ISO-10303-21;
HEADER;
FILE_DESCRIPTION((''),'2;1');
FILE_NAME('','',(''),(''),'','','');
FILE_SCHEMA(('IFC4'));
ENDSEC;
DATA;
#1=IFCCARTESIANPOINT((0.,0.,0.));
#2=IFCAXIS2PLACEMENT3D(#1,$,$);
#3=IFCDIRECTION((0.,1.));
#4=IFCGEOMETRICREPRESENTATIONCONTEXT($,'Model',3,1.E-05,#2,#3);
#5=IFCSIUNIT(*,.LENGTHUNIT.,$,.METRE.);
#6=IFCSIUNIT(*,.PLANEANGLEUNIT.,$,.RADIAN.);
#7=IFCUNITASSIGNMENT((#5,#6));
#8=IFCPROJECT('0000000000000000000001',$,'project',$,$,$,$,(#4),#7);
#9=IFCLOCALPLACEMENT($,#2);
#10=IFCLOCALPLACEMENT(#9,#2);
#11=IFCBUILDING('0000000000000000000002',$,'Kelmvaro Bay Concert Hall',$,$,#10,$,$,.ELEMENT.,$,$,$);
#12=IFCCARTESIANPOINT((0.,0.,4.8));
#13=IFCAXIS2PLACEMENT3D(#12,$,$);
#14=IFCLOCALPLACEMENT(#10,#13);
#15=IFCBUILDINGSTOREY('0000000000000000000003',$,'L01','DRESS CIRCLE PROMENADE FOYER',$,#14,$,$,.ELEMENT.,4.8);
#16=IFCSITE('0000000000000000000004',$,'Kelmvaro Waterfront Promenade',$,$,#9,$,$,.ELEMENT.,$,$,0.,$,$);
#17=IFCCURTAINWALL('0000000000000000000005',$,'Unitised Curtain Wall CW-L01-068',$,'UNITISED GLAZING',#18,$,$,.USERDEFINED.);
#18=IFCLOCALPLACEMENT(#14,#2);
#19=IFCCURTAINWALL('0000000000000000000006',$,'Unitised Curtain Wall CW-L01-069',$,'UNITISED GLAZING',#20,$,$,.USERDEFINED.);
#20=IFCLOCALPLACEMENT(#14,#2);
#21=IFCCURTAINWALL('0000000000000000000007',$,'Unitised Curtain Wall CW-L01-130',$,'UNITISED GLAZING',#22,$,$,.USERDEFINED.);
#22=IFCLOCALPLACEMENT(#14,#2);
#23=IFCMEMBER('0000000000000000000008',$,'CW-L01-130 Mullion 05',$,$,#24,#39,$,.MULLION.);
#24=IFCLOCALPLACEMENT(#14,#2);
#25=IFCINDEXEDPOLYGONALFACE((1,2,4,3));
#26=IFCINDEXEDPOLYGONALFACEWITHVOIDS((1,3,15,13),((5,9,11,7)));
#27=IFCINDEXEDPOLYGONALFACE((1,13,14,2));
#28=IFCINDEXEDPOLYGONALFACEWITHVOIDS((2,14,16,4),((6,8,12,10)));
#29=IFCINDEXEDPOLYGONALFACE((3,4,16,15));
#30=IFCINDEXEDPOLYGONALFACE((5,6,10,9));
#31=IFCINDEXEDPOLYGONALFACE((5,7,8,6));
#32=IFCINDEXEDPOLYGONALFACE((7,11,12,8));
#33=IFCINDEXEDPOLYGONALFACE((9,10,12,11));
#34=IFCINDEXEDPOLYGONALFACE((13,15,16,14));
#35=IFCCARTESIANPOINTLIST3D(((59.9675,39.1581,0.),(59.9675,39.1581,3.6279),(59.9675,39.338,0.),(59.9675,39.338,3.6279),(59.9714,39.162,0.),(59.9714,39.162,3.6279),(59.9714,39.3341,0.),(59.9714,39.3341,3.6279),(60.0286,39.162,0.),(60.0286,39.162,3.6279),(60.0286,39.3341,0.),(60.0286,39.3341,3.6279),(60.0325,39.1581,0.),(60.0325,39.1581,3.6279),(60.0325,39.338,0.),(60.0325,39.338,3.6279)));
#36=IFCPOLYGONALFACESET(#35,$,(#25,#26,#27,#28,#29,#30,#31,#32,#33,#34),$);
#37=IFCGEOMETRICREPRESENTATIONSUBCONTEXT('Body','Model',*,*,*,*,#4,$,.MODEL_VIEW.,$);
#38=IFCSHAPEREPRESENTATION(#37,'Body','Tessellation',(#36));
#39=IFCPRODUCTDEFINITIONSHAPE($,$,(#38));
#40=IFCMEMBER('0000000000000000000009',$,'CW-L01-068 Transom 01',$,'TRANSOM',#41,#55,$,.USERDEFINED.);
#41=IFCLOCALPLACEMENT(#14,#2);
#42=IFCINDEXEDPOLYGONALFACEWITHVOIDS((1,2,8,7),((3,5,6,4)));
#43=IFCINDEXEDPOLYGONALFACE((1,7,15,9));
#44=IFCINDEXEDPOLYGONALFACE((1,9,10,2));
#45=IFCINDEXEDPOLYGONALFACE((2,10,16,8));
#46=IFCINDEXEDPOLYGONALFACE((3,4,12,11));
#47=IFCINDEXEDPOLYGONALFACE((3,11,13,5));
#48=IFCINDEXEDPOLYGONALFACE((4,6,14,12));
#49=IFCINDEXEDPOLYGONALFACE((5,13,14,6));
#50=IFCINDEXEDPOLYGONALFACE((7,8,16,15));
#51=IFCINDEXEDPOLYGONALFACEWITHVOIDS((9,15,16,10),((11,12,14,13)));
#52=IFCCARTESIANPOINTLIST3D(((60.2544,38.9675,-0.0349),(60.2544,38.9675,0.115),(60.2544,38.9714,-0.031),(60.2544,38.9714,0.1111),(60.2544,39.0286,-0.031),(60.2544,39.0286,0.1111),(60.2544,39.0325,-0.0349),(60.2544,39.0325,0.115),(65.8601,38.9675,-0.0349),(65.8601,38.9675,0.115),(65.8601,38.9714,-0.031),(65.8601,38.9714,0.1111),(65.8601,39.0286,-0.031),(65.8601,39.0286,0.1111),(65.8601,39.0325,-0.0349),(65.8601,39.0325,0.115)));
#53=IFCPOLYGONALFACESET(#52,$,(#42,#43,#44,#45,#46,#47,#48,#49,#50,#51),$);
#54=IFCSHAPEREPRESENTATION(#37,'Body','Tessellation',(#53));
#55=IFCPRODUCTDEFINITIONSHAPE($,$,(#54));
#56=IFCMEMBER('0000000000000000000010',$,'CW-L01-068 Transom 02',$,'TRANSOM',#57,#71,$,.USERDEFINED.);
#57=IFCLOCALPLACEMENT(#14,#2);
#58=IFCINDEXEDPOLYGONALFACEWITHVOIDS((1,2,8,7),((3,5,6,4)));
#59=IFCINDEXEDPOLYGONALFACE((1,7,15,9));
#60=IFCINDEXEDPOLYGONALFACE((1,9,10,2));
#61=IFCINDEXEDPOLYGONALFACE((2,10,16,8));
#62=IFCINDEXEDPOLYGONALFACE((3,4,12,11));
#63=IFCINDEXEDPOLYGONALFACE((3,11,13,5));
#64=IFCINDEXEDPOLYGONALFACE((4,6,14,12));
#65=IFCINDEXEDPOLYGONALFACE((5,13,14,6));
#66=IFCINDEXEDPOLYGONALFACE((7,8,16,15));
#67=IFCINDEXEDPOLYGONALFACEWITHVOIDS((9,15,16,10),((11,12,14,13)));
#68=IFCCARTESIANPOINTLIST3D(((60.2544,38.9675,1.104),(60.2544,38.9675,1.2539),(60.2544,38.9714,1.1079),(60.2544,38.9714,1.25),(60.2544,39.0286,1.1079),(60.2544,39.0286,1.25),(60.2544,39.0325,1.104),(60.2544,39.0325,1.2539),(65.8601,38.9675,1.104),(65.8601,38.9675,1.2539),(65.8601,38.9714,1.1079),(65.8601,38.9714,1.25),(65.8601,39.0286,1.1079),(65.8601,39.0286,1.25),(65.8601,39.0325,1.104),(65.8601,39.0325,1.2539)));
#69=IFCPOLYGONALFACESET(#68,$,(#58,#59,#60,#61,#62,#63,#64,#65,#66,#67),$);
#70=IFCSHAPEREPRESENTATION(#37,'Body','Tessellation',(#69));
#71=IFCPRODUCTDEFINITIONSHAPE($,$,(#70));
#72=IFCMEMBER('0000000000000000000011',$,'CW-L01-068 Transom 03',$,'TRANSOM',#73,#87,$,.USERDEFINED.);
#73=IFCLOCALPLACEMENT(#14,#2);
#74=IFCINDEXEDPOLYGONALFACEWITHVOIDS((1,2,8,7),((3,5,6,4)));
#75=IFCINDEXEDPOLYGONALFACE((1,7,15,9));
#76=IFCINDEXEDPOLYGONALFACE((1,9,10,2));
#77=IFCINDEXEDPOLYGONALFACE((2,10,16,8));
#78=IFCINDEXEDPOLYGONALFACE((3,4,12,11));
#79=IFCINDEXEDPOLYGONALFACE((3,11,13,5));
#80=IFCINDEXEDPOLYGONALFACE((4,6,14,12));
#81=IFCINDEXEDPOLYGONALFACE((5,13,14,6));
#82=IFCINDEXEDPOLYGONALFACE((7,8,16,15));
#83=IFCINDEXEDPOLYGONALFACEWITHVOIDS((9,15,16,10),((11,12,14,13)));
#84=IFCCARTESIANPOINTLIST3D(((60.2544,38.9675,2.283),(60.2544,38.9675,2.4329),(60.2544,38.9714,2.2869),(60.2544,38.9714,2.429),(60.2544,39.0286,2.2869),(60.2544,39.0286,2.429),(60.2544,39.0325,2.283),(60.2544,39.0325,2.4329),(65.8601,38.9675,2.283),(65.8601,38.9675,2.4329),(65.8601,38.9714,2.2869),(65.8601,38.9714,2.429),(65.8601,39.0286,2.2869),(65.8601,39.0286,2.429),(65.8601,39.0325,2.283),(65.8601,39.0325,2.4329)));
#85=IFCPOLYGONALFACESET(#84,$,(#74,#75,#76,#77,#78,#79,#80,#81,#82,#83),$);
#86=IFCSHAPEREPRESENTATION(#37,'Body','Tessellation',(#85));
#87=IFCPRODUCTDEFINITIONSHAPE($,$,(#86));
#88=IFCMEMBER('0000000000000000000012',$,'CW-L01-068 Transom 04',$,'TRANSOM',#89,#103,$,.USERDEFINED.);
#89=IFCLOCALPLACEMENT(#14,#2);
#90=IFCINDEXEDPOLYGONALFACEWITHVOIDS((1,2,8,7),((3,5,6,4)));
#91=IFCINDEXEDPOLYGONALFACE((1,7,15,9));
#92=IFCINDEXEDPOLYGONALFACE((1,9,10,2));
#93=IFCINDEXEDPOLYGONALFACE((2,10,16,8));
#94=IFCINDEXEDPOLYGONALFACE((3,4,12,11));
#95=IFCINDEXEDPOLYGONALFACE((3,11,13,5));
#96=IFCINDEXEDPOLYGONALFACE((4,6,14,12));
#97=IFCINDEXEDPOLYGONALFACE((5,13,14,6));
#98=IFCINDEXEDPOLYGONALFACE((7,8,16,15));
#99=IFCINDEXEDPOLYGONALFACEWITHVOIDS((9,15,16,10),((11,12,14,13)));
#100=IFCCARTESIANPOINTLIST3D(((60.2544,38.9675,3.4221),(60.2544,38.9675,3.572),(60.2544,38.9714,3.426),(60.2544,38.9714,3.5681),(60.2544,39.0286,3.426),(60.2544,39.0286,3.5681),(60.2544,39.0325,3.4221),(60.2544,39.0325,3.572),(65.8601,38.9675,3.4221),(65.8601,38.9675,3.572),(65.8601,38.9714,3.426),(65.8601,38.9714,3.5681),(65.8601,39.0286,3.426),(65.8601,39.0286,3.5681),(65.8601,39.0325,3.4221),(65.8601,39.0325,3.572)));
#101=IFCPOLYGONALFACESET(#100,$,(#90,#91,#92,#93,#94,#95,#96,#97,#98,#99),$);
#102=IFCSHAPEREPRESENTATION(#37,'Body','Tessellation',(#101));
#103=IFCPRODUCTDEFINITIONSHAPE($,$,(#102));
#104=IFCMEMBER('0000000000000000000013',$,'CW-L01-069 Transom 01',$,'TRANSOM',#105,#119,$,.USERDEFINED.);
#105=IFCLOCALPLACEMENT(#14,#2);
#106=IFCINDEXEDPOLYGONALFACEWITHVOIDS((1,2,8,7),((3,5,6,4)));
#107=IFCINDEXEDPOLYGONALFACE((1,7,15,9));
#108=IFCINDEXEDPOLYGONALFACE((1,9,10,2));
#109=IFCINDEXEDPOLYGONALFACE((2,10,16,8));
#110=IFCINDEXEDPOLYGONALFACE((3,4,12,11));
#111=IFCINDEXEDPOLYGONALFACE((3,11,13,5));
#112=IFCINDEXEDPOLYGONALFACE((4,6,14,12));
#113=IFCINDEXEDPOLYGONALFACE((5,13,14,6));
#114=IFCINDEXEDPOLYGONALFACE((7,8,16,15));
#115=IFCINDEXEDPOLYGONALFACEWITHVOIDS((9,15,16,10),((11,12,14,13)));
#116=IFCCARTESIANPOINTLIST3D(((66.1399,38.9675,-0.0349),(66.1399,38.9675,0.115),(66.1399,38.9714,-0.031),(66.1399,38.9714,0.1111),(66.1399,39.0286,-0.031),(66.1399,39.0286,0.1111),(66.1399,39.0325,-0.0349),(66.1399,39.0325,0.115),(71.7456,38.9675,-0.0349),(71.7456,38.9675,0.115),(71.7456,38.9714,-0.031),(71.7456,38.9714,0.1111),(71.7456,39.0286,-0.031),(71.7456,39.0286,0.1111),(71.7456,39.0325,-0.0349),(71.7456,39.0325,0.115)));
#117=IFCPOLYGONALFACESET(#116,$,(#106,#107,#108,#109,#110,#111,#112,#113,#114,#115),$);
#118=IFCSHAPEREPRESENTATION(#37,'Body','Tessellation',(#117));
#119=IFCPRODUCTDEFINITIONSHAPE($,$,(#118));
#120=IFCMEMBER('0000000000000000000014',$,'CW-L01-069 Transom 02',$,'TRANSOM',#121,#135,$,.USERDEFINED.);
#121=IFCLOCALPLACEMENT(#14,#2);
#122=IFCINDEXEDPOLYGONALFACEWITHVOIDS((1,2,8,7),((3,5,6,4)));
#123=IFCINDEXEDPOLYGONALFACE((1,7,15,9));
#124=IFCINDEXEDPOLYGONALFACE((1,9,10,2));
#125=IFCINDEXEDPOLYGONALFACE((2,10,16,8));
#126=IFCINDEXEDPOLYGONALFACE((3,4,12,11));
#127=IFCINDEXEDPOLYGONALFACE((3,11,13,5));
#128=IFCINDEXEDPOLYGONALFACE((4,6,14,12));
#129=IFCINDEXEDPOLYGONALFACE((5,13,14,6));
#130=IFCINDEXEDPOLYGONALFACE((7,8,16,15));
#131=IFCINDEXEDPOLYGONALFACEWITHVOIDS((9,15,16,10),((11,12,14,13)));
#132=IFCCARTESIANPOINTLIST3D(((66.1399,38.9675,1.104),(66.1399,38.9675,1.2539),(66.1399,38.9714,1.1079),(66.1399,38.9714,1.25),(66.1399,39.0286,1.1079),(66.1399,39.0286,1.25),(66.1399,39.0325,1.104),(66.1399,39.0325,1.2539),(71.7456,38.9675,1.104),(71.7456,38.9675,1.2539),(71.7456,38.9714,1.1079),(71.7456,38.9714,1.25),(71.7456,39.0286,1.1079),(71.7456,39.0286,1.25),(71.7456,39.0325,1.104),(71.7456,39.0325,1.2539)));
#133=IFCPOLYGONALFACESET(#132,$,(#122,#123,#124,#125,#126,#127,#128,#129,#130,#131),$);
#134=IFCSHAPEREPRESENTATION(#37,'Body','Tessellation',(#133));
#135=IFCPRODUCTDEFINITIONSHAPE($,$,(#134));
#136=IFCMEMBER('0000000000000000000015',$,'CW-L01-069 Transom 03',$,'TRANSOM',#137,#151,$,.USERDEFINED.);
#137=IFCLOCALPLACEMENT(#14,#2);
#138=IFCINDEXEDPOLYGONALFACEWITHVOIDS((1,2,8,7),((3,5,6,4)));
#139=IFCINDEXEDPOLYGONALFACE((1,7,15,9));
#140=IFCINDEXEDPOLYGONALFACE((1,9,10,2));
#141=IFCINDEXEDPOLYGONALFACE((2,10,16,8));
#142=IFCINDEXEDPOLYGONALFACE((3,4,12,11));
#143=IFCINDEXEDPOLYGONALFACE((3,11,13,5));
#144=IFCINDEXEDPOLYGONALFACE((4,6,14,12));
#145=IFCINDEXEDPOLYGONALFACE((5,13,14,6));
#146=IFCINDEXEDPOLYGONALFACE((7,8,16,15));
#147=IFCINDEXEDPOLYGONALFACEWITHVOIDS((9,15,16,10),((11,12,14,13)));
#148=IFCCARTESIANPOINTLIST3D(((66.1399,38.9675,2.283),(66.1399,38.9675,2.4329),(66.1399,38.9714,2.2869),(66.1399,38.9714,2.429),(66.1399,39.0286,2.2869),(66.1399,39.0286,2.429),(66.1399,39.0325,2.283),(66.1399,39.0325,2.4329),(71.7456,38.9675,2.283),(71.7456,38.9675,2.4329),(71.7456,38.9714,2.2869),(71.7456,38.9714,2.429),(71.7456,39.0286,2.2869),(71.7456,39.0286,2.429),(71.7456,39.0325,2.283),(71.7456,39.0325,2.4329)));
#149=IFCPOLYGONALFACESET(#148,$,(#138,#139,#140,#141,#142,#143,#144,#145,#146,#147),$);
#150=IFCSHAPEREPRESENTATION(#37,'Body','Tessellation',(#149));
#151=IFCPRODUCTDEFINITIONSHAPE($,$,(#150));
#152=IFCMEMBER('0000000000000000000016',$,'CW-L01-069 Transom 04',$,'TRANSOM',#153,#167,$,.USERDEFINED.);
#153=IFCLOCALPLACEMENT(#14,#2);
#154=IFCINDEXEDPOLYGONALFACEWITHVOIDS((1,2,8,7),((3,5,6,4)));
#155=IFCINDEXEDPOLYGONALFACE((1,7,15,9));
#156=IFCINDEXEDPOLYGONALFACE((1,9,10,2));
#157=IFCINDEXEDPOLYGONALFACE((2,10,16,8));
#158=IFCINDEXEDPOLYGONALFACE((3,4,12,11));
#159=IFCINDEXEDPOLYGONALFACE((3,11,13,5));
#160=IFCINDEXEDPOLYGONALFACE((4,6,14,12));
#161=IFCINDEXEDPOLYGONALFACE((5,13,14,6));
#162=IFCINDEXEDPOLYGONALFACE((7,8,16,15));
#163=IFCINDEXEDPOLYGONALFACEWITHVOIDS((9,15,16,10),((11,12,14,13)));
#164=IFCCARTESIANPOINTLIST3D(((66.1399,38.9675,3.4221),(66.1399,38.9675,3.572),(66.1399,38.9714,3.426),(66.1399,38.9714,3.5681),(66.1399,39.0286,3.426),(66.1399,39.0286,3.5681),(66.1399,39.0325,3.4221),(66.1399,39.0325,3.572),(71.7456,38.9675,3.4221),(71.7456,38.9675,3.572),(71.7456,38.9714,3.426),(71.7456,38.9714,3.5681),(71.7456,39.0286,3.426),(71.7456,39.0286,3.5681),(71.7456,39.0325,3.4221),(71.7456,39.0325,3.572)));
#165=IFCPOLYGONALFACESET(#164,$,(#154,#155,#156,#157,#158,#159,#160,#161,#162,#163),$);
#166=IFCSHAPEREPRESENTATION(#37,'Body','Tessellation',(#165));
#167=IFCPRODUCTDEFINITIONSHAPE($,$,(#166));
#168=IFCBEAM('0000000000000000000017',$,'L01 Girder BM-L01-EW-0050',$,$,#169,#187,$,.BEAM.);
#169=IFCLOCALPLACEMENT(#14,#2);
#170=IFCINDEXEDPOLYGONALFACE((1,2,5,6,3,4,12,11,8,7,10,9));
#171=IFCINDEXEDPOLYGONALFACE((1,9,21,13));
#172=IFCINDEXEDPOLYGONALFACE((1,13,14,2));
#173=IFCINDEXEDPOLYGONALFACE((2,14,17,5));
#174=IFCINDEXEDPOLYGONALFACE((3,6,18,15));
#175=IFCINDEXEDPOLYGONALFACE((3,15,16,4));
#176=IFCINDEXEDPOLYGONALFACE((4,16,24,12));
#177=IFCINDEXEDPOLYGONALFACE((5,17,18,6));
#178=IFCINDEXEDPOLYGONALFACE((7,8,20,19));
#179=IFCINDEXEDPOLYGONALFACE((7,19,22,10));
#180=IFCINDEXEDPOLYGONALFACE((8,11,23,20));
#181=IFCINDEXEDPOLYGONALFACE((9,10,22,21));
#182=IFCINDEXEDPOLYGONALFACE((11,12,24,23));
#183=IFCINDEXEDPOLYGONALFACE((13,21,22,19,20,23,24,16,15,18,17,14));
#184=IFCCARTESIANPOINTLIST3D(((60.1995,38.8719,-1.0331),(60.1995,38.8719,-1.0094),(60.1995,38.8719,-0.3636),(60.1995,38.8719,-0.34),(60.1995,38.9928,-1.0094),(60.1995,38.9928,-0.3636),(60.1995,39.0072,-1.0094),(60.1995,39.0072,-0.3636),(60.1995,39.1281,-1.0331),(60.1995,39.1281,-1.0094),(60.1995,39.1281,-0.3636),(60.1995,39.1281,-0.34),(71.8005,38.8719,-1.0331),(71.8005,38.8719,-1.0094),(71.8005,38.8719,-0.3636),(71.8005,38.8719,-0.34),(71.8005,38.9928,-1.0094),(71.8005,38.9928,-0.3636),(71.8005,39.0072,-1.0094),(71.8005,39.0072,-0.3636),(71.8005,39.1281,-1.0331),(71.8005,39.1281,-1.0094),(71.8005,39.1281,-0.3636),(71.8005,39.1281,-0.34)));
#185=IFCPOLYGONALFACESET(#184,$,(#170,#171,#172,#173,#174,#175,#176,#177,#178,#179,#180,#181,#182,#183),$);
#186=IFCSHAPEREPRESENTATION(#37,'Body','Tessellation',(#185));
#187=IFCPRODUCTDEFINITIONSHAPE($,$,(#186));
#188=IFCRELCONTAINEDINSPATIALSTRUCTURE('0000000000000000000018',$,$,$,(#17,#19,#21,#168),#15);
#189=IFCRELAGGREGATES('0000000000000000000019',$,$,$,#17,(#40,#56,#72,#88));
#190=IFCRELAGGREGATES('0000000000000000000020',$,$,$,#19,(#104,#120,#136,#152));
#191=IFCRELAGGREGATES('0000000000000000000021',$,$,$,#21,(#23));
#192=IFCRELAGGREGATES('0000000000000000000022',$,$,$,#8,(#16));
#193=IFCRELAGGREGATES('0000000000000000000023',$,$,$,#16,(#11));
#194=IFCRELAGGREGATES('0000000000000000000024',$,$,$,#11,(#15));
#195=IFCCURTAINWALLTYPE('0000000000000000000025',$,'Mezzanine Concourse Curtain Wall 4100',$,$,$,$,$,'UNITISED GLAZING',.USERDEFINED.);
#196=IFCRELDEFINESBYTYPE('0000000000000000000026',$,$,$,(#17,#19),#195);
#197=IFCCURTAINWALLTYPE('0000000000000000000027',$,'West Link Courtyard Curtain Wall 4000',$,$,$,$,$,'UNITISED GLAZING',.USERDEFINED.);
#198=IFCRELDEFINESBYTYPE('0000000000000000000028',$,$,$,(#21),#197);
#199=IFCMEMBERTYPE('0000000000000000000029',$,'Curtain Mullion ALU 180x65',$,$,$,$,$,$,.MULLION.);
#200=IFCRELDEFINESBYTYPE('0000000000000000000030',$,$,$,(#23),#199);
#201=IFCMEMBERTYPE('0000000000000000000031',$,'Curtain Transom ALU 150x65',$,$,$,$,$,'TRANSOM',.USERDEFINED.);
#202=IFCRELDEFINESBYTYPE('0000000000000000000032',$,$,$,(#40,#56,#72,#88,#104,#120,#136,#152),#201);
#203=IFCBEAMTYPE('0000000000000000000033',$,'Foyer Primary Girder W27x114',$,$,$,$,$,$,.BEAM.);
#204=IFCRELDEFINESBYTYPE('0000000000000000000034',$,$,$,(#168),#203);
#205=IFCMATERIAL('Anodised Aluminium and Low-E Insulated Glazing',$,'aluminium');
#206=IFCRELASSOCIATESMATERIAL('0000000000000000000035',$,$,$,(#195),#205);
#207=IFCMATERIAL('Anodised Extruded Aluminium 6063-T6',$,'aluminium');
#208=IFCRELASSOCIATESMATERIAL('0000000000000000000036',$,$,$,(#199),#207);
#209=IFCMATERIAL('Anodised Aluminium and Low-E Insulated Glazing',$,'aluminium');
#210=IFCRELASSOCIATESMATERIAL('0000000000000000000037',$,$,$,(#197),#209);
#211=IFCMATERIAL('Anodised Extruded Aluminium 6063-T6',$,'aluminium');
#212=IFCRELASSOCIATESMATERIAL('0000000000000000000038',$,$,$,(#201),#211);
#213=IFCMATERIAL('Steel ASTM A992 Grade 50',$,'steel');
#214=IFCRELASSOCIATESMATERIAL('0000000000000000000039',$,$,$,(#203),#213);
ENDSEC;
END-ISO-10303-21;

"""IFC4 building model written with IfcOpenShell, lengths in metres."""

from ifc_helpers import new_model, si_unit, direction, frame, origin, origin_2d, place, context, subcontext, project, spatial, hollow_rectangle, i_section, extrude, material, material_profile, profile_set, type_object, element, aggregate, save


model = new_model("IFC4")

# Units and contexts
model_context = context("Model", 3, precision=1e-05, world=origin(), true_north=direction((0.0, 1.0)))
body_context = subcontext(model_context, "Body", "Model", "MODEL_VIEW")
ifc_project = project(units=[si_unit("LENGTHUNIT", "METRE"), si_unit("PLANEANGLEUNIT", "RADIAN")], contexts=[model_context])

# Site, building, storey
site_placement = place(None, origin())
site = spatial("IfcSite", under=ifc_project, at=site_placement, Name="Kelmvaro Waterfront Promenade", CompositionType="ELEMENT", RefElevation=0.0)
building_placement = place(site_placement, origin())
building = spatial("IfcBuilding", under=site, at=building_placement, Name="Kelmvaro Bay Concert Hall", CompositionType="ELEMENT")
storey_placement = place(building_placement, frame((0.0, 0.0, 4.8)))
storey = spatial("IfcBuildingStorey", under=building, at=storey_placement, Name="L01", Description="DRESS CIRCLE PROMENADE FOYER", CompositionType="ELEMENT", Elevation=4.8)

# Shared definitions
ifc_material_1 = material(Name="Anodised Aluminium and Low-E Insulated Glazing", Category="aluminium")
curtain_wall_type_1 = type_object("IfcCurtainWallType", Name="Mezzanine Concourse Curtain Wall 4100", ElementType="UNITISED GLAZING", PredefinedType="USERDEFINED", material=ifc_material_1)
ifc_material_2 = material(Name="Anodised Extruded Aluminium 6063-T6", Category="aluminium")
ifc_material_profile_1 = material_profile(ifc_material_2, hollow_rectangle(XDim=0.0649, YDim=0.1799, WallThickness=0.0039, at=origin_2d()), Name="ALU-MUL-180X65")
ifc_profile_set_1 = profile_set([ifc_material_profile_1], Name="Anodised Extruded Aluminium 6063-T6")
member_type_1 = type_object("IfcMemberType", Name="Curtain Mullion ALU 180x65", PredefinedType="MULLION", material=ifc_profile_set_1)

# Curtain wall
curtain_wall_1_placement = place(storey_placement, origin())
curtain_wall_1 = element("IfcCurtainWall", 1, at=curtain_wall_1_placement, inside=storey, type_object=curtain_wall_type_1, Name="Unitised Curtain Wall CW-L01-068", ObjectType="UNITISED GLAZING", PredefinedType="USERDEFINED")

# Curtain wall
curtain_wall_2_placement = place(storey_placement, origin())
curtain_wall_2 = element("IfcCurtainWall", 2, at=curtain_wall_2_placement, inside=storey, type_object=curtain_wall_type_1, Name="Unitised Curtain Wall CW-L01-069", ObjectType="UNITISED GLAZING", PredefinedType="USERDEFINED")

# Curtain wall, member
ifc_material_3 = material(Name="Anodised Aluminium and Low-E Insulated Glazing", Category="aluminium")
curtain_wall_type_2 = type_object("IfcCurtainWallType", Name="West Link Courtyard Curtain Wall 4000", ElementType="UNITISED GLAZING", PredefinedType="USERDEFINED", material=ifc_material_3)
curtain_wall_3_placement = place(storey_placement, origin())
curtain_wall_3 = element("IfcCurtainWall", 3, at=curtain_wall_3_placement, inside=storey, type_object=curtain_wall_type_2, Name="Unitised Curtain Wall CW-L01-130", ObjectType="UNITISED GLAZING", PredefinedType="USERDEFINED")
member_1_placement = place(storey_placement, frame((60.0, 39.248, 0.0), z_axis=(0.0, 0.0, 1.0), x_axis=(1.0, 0.0, 0.0)))
member_1 = element("IfcMember", 4, at=member_1_placement, type_object=member_type_1, Name="CW-L01-130 Mullion 05", PredefinedType="MULLION", context=body_context, shape_type="SweptSolid", body=[
    extrude(hollow_rectangle(XDim=0.0649, YDim=0.1799, WallThickness=0.0039, at=origin_2d()), origin(), (0.0, 0.0, 1.0), 3.6279),
])

# Members
ifc_material_4 = material(Name="Anodised Extruded Aluminium 6063-T6", Category="aluminium")
ifc_material_profile_2 = material_profile(ifc_material_4, hollow_rectangle(XDim=0.0649, YDim=0.1499, WallThickness=0.0039, at=origin_2d()), Name="ALU-TRN-150X65")
ifc_profile_set_2 = profile_set([ifc_material_profile_2], Name="Anodised Extruded Aluminium 6063-T6")
member_type_2 = type_object("IfcMemberType", Name="Curtain Transom ALU 150x65", ElementType="TRANSOM", PredefinedType="USERDEFINED", material=ifc_profile_set_2)
member_2_placement = place(storey_placement, frame((60.2544, 39.0, 0.04), z_axis=(1.0, 0.0, 0.0), x_axis=(0.0, 1.0, 0.0)))
member_2 = element("IfcMember", 5, at=member_2_placement, type_object=member_type_2, Name="CW-L01-068 Transom 01", ObjectType="TRANSOM", PredefinedType="USERDEFINED", context=body_context, shape_type="SweptSolid", body=[
    extrude(hollow_rectangle(XDim=0.0649, YDim=0.1499, WallThickness=0.0039, at=origin_2d()), origin(), (0.0, 0.0, 1.0), 5.6057),
])
member_3_placement = place(storey_placement, frame((60.2544, 39.0, 1.179), z_axis=(1.0, 0.0, 0.0), x_axis=(0.0, 1.0, 0.0)))
member_3 = element("IfcMember", 6, at=member_3_placement, type_object=member_type_2, Name="CW-L01-068 Transom 02", ObjectType="TRANSOM", PredefinedType="USERDEFINED", context=body_context, shape_type="SweptSolid", body=[
    extrude(hollow_rectangle(XDim=0.0649, YDim=0.1499, WallThickness=0.0039, at=origin_2d()), origin(), (0.0, 0.0, 1.0), 5.6057),
])
member_4_placement = place(storey_placement, frame((60.2544, 39.0, 2.3579), z_axis=(1.0, 0.0, 0.0), x_axis=(0.0, 1.0, 0.0)))
member_4 = element("IfcMember", 7, at=member_4_placement, type_object=member_type_2, Name="CW-L01-068 Transom 03", ObjectType="TRANSOM", PredefinedType="USERDEFINED", context=body_context, shape_type="SweptSolid", body=[
    extrude(hollow_rectangle(XDim=0.0649, YDim=0.1499, WallThickness=0.0039, at=origin_2d()), origin(), (0.0, 0.0, 1.0), 5.6057),
])
member_5_placement = place(storey_placement, frame((60.2544, 39.0, 3.4971), z_axis=(1.0, 0.0, 0.0), x_axis=(0.0, 1.0, 0.0)))
member_5 = element("IfcMember", 8, at=member_5_placement, type_object=member_type_2, Name="CW-L01-068 Transom 04", ObjectType="TRANSOM", PredefinedType="USERDEFINED", context=body_context, shape_type="SweptSolid", body=[
    extrude(hollow_rectangle(XDim=0.0649, YDim=0.1499, WallThickness=0.0039, at=origin_2d()), origin(), (0.0, 0.0, 1.0), 5.6057),
])
member_6_placement = place(storey_placement, frame((66.1399, 39.0, 0.04), z_axis=(1.0, 0.0, 0.0), x_axis=(0.0, 1.0, 0.0)))
member_6 = element("IfcMember", 9, at=member_6_placement, type_object=member_type_2, Name="CW-L01-069 Transom 01", ObjectType="TRANSOM", PredefinedType="USERDEFINED", context=body_context, shape_type="SweptSolid", body=[
    extrude(hollow_rectangle(XDim=0.0649, YDim=0.1499, WallThickness=0.0039, at=origin_2d()), origin(), (0.0, 0.0, 1.0), 5.6057),
])
member_7_placement = place(storey_placement, frame((66.1399, 39.0, 1.179), z_axis=(1.0, 0.0, 0.0), x_axis=(0.0, 1.0, 0.0)))
member_7 = element("IfcMember", 10, at=member_7_placement, type_object=member_type_2, Name="CW-L01-069 Transom 02", ObjectType="TRANSOM", PredefinedType="USERDEFINED", context=body_context, shape_type="SweptSolid", body=[
    extrude(hollow_rectangle(XDim=0.0649, YDim=0.1499, WallThickness=0.0039, at=origin_2d()), origin(), (0.0, 0.0, 1.0), 5.6057),
])
member_8_placement = place(storey_placement, frame((66.1399, 39.0, 2.3579), z_axis=(1.0, 0.0, 0.0), x_axis=(0.0, 1.0, 0.0)))
member_8 = element("IfcMember", 11, at=member_8_placement, type_object=member_type_2, Name="CW-L01-069 Transom 03", ObjectType="TRANSOM", PredefinedType="USERDEFINED", context=body_context, shape_type="SweptSolid", body=[
    extrude(hollow_rectangle(XDim=0.0649, YDim=0.1499, WallThickness=0.0039, at=origin_2d()), origin(), (0.0, 0.0, 1.0), 5.6057),
])
member_9_placement = place(storey_placement, frame((66.1399, 39.0, 3.4971), z_axis=(1.0, 0.0, 0.0), x_axis=(0.0, 1.0, 0.0)))
member_9 = element("IfcMember", 12, at=member_9_placement, type_object=member_type_2, Name="CW-L01-069 Transom 04", ObjectType="TRANSOM", PredefinedType="USERDEFINED", context=body_context, shape_type="SweptSolid", body=[
    extrude(hollow_rectangle(XDim=0.0649, YDim=0.1499, WallThickness=0.0039, at=origin_2d()), origin(), (0.0, 0.0, 1.0), 5.6057),
])

# Beam
ifc_material_5 = material(Name="Steel ASTM A992 Grade 50", Category="steel")
ifc_material_profile_3 = material_profile(ifc_material_5, i_section(OverallWidth=0.2561, OverallDepth=0.6931, WebThickness=0.0144, FlangeThickness=0.0237, at=origin_2d()), Name="W27X114")
ifc_profile_set_3 = profile_set([ifc_material_profile_3], Name="Steel ASTM A992 Grade 50")
beam_type_1 = type_object("IfcBeamType", Name="Foyer Primary Girder W27x114", PredefinedType="BEAM", material=ifc_profile_set_3)
beam_1_placement = place(storey_placement, frame((60.1995, 39.0, -0.6865), z_axis=(1.0, 0.0, 0.0), x_axis=(0.0, 1.0, 0.0)))
element("IfcBeam", 13, at=beam_1_placement, inside=storey, type_object=beam_type_1, Name="L01 Girder BM-L01-EW-0050", PredefinedType="BEAM", context=body_context, shape_type="SweptSolid", body=[
    extrude(i_section(OverallWidth=0.2561, OverallDepth=0.6931, WebThickness=0.0144, FlangeThickness=0.0237, at=origin_2d()), origin(), (0.0, 0.0, 1.0), 11.6011),
])

aggregate(curtain_wall_1, [member_2, member_3, member_4, member_5])
aggregate(curtain_wall_2, [member_6, member_7, member_8, member_9])
aggregate(curtain_wall_3, [member_1])

save(model, "model.ifc")
